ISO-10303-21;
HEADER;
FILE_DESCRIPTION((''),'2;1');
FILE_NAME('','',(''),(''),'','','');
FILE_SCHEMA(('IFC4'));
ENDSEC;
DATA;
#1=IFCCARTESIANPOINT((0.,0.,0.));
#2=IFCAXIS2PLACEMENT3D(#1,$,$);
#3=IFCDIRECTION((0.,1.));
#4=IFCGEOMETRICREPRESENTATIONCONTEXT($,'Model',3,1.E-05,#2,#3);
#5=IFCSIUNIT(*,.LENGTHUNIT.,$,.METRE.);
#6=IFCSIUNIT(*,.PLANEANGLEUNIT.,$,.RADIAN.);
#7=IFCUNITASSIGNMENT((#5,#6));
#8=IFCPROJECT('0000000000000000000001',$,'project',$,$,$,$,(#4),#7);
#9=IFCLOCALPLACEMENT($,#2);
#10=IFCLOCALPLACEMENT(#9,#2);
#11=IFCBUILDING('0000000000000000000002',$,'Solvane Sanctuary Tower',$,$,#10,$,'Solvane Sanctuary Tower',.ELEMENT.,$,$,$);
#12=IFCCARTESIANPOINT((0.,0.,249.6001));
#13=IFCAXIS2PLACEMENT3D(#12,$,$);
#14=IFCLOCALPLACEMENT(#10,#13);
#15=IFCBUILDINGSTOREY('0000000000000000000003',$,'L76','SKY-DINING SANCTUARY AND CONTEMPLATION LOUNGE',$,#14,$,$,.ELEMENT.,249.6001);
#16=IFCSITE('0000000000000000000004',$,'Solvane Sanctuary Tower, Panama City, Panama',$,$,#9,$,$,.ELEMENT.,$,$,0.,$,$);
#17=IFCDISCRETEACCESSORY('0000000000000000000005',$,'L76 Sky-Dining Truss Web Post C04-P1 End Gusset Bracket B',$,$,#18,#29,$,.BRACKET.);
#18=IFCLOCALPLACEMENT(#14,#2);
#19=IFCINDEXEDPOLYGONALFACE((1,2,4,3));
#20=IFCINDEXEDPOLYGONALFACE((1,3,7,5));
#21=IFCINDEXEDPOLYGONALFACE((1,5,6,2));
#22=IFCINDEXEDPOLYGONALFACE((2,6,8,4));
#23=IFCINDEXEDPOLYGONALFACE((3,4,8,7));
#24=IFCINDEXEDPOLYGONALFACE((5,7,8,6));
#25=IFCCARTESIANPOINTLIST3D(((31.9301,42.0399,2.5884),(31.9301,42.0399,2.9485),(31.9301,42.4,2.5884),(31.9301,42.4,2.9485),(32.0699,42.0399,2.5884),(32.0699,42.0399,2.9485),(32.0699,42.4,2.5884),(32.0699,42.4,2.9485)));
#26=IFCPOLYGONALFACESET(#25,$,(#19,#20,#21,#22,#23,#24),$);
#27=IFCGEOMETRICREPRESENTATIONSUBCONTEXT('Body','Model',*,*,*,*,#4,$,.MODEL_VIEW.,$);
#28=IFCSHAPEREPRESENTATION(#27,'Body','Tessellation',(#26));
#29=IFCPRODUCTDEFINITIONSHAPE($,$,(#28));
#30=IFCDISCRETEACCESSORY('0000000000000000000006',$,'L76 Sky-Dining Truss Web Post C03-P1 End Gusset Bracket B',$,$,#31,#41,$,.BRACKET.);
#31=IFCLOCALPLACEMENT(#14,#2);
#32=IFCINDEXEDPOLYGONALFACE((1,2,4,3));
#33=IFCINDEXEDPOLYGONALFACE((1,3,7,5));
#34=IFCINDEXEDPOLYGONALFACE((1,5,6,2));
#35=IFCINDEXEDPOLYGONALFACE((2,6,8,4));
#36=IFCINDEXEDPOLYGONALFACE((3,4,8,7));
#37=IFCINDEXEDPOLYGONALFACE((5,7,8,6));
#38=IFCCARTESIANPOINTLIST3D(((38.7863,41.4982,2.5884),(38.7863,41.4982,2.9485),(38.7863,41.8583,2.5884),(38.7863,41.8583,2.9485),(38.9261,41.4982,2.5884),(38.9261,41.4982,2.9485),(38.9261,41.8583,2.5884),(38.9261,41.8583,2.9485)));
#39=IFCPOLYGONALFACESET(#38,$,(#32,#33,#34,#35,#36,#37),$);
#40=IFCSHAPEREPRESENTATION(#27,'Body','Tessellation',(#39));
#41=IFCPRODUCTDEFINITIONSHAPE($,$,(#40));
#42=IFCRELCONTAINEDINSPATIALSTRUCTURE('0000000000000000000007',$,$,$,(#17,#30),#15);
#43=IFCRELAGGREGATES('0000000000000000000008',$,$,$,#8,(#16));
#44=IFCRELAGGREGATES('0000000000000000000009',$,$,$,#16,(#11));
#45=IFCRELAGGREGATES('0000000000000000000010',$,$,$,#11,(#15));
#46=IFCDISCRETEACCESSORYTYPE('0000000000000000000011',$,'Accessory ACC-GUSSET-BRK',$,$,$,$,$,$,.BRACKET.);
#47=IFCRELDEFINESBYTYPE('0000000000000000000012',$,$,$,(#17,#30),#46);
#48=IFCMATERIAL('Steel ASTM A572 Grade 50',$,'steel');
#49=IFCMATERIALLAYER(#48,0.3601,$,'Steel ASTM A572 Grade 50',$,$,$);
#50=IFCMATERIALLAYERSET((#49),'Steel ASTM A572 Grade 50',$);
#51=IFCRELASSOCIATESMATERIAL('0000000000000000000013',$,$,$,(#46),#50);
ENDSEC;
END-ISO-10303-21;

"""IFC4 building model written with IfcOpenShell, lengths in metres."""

from ifc_helpers import new_model, si_unit, direction, frame, origin, origin_2d, place, context, subcontext, project, spatial, rectangle, extrude, material, layer, layer_set, type_object, element, save


model = new_model("IFC4")

# Units and contexts
model_context = context("Model", 3, precision=1e-05, world=origin(), true_north=direction((0.0, 1.0)))
body_context = subcontext(model_context, "Body", "Model", "MODEL_VIEW")
ifc_project = project(units=[si_unit("LENGTHUNIT", "METRE"), si_unit("PLANEANGLEUNIT", "RADIAN")], contexts=[model_context])

# Site, building, storey
site_placement = place(None, origin())
site = spatial("IfcSite", under=ifc_project, at=site_placement, Name="Solvane Sanctuary Tower, Panama City, Panama", CompositionType="ELEMENT", RefElevation=0.0)
building_placement = place(site_placement, origin())
building = spatial("IfcBuilding", under=site, at=building_placement, Name="Solvane Sanctuary Tower", LongName="Solvane Sanctuary Tower", CompositionType="ELEMENT")
storey_placement = place(building_placement, frame((0.0, 0.0, 249.6001)))
storey = spatial("IfcBuildingStorey", under=building, at=storey_placement, Name="L76", Description="SKY-DINING SANCTUARY AND CONTEMPLATION LOUNGE", CompositionType="ELEMENT", Elevation=249.6001)

# Discrete accessories
ifc_material_1 = material(Name="Steel ASTM A572 Grade 50", Category="steel")
ifc_layer_1 = layer(ifc_material_1, 0.3601, Name="Steel ASTM A572 Grade 50")
ifc_layer_set_1 = layer_set([ifc_layer_1], Name="Steel ASTM A572 Grade 50")
discrete_accessory_type = type_object("IfcDiscreteAccessoryType", Name="Accessory ACC-GUSSET-BRK", PredefinedType="BRACKET", material=ifc_layer_set_1)
for number, where, z_axis, x_axis, name in (
    (1, (32.0, 42.22, 2.5884), (0.0, 0.0, 1.0), (0.0, 1.0, 0.0), "L76 Sky-Dining Truss Web Post C04-P1 End Gusset Bracket B"),
    (2, (38.8562, 41.6782, 2.5884), (0.0, 0.0, 1.0), (0.0, 1.0, 0.0), "L76 Sky-Dining Truss Web Post C03-P1 End Gusset Bracket B"),
):
    element("IfcDiscreteAccessory", number, at=place(storey_placement, frame(where, z_axis=z_axis, x_axis=x_axis)), inside=storey, type_object=discrete_accessory_type, Name=name, PredefinedType="BRACKET", context=body_context, shape_type="SweptSolid", body=[
        extrude(rectangle(XDim=0.3601, YDim=0.1399, at=origin_2d()), origin(), (0.0, 0.0, 1.0), 0.3601),
    ])

save(model, "model.ifc")
